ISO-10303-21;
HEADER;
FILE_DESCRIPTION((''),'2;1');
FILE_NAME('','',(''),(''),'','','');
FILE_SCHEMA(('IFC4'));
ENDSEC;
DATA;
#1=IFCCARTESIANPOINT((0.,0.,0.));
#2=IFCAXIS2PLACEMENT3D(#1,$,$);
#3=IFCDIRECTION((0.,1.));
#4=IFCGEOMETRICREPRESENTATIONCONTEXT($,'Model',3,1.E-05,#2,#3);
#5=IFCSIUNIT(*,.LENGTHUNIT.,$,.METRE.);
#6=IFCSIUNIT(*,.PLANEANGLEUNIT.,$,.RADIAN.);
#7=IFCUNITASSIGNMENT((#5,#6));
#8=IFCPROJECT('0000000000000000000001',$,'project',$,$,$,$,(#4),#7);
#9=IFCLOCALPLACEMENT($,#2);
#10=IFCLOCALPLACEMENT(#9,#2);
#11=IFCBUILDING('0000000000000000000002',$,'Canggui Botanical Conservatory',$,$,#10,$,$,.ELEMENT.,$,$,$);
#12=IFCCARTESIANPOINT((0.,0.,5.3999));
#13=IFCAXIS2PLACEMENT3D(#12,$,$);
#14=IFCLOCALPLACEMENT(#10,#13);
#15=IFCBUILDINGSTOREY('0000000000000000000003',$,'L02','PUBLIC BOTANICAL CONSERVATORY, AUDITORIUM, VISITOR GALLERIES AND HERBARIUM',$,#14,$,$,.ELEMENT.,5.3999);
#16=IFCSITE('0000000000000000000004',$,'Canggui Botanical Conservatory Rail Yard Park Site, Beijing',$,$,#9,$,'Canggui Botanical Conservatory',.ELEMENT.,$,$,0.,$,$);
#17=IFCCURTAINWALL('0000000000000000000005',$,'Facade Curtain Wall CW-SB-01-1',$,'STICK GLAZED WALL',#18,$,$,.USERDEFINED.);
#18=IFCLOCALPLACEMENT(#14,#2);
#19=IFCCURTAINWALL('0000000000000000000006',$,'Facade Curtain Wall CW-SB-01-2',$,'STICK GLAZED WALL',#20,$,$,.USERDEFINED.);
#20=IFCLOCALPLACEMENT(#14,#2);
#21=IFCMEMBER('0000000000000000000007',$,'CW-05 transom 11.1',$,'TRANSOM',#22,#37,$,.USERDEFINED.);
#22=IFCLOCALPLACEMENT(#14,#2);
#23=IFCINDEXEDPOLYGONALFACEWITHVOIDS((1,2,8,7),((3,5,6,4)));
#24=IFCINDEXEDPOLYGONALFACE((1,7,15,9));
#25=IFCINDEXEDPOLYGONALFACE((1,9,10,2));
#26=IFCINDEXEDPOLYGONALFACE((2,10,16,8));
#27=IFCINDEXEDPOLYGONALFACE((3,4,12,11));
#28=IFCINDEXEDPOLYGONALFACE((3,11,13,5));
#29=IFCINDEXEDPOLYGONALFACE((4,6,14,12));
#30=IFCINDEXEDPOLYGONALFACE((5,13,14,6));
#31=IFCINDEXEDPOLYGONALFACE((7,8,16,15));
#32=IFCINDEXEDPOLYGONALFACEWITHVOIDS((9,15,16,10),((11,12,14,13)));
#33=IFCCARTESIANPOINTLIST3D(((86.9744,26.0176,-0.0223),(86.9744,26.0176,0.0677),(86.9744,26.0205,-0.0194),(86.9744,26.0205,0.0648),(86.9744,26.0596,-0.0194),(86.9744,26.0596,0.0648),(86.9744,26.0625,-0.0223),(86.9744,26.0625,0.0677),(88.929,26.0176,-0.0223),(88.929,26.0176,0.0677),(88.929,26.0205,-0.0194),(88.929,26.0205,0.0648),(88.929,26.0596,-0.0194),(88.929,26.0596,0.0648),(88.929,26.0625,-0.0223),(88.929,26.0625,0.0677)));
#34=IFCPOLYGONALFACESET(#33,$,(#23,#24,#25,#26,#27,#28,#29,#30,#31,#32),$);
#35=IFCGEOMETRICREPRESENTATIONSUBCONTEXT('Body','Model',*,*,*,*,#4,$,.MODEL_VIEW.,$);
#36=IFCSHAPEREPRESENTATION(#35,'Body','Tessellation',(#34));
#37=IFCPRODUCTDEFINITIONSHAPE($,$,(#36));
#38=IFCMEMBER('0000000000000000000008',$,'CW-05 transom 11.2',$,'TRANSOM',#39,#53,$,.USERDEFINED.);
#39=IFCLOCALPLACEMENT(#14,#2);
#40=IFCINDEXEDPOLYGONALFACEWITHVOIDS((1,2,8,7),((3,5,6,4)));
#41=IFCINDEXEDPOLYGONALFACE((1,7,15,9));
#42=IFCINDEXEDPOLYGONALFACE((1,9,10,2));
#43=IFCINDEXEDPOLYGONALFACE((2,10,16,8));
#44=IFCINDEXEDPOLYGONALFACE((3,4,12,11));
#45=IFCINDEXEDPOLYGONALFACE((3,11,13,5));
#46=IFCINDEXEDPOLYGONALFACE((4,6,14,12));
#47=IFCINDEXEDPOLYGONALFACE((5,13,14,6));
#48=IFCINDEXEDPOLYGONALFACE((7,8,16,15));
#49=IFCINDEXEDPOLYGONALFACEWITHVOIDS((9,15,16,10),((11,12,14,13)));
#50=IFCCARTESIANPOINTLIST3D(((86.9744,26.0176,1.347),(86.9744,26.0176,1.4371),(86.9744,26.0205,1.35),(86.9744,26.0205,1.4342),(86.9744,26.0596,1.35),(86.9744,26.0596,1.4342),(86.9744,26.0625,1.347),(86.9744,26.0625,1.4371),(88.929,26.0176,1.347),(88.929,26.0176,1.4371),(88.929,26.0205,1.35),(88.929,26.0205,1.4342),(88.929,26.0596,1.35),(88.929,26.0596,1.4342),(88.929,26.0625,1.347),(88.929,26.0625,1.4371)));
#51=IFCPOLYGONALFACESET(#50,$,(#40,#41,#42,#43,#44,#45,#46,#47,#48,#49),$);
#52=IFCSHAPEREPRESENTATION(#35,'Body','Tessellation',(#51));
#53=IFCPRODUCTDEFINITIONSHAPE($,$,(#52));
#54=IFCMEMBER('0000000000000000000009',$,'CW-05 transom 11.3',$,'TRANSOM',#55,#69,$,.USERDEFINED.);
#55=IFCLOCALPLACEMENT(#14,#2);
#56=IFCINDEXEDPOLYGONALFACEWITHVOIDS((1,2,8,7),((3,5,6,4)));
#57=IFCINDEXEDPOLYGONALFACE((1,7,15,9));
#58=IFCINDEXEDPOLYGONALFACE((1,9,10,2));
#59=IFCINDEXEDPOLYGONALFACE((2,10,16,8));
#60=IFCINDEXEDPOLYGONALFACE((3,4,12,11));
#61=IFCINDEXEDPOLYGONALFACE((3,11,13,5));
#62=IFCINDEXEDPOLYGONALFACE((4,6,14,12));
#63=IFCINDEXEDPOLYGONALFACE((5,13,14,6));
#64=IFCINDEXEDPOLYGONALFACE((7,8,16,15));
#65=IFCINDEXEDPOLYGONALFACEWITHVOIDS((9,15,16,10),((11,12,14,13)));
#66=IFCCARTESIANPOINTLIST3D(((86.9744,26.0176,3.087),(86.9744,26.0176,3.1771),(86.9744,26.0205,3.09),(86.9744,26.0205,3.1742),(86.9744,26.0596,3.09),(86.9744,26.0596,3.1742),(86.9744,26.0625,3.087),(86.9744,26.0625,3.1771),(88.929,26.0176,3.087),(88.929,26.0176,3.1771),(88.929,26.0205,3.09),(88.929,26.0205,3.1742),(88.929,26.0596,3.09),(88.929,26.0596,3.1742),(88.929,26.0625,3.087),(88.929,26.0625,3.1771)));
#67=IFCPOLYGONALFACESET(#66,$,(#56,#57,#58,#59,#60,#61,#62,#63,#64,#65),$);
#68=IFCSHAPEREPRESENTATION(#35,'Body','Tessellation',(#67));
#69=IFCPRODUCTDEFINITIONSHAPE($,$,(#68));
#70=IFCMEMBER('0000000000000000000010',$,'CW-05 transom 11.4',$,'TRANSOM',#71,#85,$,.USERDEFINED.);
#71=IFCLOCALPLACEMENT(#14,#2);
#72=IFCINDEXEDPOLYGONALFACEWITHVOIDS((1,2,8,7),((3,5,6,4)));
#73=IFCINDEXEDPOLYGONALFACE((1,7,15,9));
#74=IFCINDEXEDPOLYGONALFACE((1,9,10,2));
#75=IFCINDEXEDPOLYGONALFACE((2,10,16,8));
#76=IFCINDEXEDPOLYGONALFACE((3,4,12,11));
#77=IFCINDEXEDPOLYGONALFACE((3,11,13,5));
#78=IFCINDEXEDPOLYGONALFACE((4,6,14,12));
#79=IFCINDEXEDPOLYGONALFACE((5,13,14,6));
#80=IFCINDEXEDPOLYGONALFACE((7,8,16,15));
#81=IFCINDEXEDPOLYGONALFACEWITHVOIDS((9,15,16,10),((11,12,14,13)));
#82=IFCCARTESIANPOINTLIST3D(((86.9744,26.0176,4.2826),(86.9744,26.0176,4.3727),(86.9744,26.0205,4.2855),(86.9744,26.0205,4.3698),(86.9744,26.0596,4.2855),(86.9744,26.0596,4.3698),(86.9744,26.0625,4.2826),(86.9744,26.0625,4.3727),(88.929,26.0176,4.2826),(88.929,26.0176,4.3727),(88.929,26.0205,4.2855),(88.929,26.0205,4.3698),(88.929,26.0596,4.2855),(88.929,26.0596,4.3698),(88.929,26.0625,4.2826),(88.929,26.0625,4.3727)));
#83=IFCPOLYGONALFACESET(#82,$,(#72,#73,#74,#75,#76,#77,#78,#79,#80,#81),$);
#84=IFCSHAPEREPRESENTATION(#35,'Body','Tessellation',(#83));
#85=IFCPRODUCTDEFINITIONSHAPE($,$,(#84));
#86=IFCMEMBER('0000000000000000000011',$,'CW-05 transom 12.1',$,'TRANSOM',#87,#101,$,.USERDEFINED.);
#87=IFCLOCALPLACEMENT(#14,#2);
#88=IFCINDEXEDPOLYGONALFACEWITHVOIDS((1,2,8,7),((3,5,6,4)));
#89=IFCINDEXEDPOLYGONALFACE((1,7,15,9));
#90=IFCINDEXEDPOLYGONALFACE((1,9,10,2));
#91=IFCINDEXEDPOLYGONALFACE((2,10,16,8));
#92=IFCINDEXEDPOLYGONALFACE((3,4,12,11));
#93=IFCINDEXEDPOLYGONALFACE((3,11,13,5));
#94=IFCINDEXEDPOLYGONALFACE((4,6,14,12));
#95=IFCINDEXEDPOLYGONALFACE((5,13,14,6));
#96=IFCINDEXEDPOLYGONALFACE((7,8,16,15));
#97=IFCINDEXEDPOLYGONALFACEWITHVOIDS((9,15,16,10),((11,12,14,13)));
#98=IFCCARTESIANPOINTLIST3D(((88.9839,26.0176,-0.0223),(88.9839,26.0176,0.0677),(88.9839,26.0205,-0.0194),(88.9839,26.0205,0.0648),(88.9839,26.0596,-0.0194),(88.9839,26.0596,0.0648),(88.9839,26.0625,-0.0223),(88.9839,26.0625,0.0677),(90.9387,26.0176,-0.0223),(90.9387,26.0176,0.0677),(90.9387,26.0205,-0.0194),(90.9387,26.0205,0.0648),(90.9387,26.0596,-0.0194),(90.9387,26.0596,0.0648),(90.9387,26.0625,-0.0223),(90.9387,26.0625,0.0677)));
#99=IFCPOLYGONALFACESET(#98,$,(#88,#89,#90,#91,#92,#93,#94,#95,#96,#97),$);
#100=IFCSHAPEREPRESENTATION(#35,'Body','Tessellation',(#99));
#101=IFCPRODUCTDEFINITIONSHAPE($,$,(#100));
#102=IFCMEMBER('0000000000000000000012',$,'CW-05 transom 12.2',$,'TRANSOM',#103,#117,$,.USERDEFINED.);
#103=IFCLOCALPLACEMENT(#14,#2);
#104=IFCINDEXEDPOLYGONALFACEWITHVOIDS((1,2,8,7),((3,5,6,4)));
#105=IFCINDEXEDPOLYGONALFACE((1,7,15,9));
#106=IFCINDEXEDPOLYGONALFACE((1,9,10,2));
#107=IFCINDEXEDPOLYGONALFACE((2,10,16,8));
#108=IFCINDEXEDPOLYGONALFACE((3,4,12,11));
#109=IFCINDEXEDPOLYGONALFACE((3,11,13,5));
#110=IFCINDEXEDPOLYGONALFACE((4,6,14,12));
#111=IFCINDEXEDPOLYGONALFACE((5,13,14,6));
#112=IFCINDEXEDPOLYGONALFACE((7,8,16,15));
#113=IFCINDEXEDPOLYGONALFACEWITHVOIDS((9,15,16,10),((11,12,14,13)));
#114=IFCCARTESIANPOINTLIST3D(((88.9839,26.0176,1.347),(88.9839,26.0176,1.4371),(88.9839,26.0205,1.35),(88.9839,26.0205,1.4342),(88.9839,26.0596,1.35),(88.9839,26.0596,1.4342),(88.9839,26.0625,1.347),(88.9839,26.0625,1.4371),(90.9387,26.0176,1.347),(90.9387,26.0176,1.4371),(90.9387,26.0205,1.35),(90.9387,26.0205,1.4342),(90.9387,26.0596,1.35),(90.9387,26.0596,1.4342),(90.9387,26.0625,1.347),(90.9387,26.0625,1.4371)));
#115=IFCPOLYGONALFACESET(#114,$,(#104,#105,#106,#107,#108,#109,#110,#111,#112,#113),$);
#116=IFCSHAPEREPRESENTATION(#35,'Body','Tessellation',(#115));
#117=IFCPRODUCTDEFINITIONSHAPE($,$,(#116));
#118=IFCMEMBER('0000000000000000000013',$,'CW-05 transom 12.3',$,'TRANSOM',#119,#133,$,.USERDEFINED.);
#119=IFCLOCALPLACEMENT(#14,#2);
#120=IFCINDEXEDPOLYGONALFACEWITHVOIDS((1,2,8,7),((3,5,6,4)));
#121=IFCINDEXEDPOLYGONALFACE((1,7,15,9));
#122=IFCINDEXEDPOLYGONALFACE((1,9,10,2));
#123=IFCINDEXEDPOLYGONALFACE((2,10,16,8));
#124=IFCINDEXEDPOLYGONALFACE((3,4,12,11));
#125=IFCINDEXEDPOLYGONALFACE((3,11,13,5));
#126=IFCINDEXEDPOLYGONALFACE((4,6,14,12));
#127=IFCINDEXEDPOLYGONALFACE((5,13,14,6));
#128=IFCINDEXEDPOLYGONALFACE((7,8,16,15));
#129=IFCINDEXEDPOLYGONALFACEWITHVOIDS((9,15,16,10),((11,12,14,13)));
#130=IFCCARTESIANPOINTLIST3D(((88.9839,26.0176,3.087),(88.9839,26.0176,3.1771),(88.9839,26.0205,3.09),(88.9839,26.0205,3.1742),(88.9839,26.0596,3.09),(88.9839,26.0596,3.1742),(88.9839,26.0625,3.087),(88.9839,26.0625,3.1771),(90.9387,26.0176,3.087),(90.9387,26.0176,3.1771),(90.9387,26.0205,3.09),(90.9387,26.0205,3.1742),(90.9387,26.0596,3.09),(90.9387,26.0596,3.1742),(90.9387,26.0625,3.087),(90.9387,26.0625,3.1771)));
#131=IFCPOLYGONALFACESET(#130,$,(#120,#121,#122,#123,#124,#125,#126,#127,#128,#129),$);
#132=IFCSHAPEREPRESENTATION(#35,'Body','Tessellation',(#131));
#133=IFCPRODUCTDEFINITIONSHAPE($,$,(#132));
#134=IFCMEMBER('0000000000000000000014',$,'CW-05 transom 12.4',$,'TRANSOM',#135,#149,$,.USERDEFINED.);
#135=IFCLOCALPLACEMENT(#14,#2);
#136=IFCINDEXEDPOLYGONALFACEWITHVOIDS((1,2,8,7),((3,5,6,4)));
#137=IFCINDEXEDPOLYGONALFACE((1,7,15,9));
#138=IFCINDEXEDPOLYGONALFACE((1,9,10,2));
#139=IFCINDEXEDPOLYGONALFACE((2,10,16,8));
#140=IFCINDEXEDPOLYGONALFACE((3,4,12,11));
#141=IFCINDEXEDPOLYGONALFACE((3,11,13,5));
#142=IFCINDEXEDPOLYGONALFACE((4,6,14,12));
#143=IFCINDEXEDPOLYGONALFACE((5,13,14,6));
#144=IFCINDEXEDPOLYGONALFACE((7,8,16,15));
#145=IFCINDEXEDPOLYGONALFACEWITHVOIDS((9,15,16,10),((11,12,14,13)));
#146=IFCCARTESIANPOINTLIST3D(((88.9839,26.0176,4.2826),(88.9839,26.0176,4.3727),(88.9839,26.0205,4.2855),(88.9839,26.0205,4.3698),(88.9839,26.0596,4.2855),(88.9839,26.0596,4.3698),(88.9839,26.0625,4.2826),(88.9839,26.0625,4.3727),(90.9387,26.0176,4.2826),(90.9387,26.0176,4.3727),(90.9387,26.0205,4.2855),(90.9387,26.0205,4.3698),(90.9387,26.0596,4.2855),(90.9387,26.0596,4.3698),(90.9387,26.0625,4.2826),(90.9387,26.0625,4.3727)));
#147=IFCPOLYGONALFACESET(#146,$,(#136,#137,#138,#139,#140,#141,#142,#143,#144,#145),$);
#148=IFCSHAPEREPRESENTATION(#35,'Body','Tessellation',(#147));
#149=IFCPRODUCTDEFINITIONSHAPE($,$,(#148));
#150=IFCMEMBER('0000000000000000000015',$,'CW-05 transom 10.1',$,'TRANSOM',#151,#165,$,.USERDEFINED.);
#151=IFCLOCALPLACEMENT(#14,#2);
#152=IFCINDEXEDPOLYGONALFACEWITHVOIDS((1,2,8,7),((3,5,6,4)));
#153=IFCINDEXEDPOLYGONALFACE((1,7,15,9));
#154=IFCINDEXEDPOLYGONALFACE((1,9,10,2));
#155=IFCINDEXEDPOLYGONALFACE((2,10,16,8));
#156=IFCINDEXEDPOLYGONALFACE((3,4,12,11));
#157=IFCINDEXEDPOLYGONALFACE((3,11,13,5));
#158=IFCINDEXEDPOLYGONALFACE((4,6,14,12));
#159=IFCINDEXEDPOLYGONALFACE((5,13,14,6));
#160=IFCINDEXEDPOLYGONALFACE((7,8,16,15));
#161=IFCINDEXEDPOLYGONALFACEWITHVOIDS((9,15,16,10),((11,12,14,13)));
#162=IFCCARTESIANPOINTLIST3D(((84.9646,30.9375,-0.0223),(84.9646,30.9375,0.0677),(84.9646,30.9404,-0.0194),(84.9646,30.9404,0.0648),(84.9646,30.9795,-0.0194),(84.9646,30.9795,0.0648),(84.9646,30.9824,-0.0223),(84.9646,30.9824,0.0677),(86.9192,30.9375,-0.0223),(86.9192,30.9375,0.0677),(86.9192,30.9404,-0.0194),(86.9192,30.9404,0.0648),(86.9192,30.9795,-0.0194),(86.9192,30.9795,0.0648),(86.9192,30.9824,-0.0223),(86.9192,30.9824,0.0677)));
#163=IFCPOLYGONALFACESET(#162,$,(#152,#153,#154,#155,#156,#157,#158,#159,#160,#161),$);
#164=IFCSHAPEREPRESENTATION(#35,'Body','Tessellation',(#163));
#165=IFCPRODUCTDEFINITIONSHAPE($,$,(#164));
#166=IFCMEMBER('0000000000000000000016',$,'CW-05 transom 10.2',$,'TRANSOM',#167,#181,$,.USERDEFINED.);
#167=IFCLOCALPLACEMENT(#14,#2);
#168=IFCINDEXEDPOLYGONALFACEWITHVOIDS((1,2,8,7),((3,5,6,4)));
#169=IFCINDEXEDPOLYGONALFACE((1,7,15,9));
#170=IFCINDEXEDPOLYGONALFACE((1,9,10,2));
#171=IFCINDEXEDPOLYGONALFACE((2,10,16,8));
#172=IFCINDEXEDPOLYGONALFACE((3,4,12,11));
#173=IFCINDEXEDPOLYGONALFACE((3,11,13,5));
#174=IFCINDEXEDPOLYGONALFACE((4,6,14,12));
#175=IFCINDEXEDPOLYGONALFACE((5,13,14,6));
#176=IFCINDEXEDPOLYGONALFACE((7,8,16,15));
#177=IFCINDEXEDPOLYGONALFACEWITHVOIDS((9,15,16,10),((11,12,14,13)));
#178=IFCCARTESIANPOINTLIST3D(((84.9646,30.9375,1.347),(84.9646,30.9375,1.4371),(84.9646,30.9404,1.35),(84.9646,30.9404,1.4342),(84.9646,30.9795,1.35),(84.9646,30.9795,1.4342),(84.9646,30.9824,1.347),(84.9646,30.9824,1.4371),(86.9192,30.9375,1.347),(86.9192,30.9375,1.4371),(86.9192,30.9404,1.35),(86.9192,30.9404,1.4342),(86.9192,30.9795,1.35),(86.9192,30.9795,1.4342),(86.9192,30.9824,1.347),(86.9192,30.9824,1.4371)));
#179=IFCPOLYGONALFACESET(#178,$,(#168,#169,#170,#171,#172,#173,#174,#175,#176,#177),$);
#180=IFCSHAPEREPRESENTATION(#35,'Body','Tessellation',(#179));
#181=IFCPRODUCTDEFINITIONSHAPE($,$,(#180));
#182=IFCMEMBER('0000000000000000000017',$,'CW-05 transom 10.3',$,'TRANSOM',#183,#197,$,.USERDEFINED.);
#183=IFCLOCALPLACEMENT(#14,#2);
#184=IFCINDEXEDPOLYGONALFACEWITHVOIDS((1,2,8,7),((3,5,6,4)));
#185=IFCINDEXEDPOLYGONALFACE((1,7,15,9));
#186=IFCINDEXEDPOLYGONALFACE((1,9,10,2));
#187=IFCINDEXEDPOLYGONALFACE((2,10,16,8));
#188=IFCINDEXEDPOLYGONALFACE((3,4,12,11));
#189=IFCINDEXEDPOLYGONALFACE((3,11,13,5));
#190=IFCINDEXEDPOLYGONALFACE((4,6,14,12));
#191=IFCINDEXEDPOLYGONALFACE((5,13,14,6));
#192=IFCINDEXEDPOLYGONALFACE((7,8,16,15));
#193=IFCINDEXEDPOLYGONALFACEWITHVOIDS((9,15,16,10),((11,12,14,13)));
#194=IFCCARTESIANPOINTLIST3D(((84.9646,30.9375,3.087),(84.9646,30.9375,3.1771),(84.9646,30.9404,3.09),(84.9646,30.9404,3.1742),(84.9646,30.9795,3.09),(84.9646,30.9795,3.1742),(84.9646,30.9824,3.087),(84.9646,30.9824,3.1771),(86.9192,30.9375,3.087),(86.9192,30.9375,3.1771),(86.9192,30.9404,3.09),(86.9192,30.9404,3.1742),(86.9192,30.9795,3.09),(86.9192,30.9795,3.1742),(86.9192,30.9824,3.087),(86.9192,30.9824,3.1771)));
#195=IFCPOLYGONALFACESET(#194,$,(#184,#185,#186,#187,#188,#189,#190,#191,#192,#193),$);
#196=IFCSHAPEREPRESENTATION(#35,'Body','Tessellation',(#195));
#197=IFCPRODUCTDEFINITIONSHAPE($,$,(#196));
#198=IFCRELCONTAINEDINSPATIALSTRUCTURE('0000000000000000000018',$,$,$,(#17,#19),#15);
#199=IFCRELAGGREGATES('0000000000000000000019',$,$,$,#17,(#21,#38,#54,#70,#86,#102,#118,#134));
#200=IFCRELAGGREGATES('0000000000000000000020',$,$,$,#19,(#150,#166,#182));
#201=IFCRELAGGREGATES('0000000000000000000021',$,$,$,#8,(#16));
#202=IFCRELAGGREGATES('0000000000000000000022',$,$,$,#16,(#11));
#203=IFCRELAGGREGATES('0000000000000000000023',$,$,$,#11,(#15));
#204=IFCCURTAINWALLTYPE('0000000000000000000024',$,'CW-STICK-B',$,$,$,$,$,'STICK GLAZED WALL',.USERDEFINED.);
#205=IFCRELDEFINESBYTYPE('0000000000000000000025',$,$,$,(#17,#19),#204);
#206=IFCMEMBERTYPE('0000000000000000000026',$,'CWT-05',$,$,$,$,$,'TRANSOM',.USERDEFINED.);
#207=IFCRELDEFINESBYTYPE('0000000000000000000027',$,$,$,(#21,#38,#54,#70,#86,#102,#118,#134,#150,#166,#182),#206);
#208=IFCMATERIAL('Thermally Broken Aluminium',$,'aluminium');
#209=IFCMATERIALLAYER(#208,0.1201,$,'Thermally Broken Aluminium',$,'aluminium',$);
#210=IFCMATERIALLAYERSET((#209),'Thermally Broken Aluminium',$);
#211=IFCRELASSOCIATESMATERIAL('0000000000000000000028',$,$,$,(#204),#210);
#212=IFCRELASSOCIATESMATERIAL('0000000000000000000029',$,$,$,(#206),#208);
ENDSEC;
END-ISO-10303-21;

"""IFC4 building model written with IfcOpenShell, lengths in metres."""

from ifc_helpers import new_model, si_unit, direction, frame, origin, origin_2d, place, context, subcontext, project, spatial, hollow_rectangle, extrude, material, layer, layer_set, material_profile, profile_set, type_object, element, aggregate, save


model = new_model("IFC4")

# Units and contexts
model_context = context("Model", 3, precision=1e-05, world=origin(), true_north=direction((0.0, 1.0)))
body_context = subcontext(model_context, "Body", "Model", "MODEL_VIEW")
ifc_project = project(units=[si_unit("LENGTHUNIT", "METRE"), si_unit("PLANEANGLEUNIT", "RADIAN")], contexts=[model_context])

# Site, building, storey
site_placement = place(None, origin())
site = spatial("IfcSite", under=ifc_project, at=site_placement, Name="Canggui Botanical Conservatory Rail Yard Park Site, Beijing", LongName="Canggui Botanical Conservatory", CompositionType="ELEMENT", RefElevation=0.0)
building_placement = place(site_placement, origin())
building = spatial("IfcBuilding", under=site, at=building_placement, Name="Canggui Botanical Conservatory", CompositionType="ELEMENT")
storey_placement = place(building_placement, frame((0.0, 0.0, 5.3999)))
storey = spatial("IfcBuildingStorey", under=building, at=storey_placement, Name="L02", Description="PUBLIC BOTANICAL CONSERVATORY, AUDITORIUM, VISITOR GALLERIES AND HERBARIUM", CompositionType="ELEMENT", Elevation=5.3999)

# Curtain wall
ifc_material_1 = material(Name="Thermally Broken Aluminium", Category="aluminium")
ifc_layer_1 = layer(ifc_material_1, 0.1201, Name="Thermally Broken Aluminium", Category="aluminium")
ifc_layer_set_1 = layer_set([ifc_layer_1], Name="Thermally Broken Aluminium")
curtain_wall_type = type_object("IfcCurtainWallType", Name="CW-STICK-B", ElementType="STICK GLAZED WALL", PredefinedType="USERDEFINED", material=ifc_layer_set_1)
curtain_wall_1_placement = place(storey_placement, origin())
curtain_wall_1 = element("IfcCurtainWall", 1, at=curtain_wall_1_placement, inside=storey, type_object=curtain_wall_type, Name="Facade Curtain Wall CW-SB-01-1", ObjectType="STICK GLAZED WALL", PredefinedType="USERDEFINED")

# Curtain wall
curtain_wall_2_placement = place(storey_placement, origin())
curtain_wall_2 = element("IfcCurtainWall", 2, at=curtain_wall_2_placement, inside=storey, type_object=curtain_wall_type, Name="Facade Curtain Wall CW-SB-01-2", ObjectType="STICK GLAZED WALL", PredefinedType="USERDEFINED")

# Members
ifc_material_profile_1 = material_profile(ifc_material_1, hollow_rectangle(XDim=0.0449, YDim=0.0901, WallThickness=0.0029, at=origin_2d()), Name="CWT 45x90x3")
ifc_profile_set_1 = profile_set([ifc_material_profile_1], Name="Thermally Broken Aluminium")
member_type_1 = type_object("IfcMemberType", Name="CWT-05", ElementType="TRANSOM", PredefinedType="USERDEFINED", material=ifc_profile_set_1)
member_1_placement = place(storey_placement, frame((86.9744, 26.04, 0.0227), z_axis=(1.0, 0.0, 0.0), x_axis=(0.0, 1.0, 0.0)))
member_1 = element("IfcMember", 3, at=member_1_placement, type_object=member_type_1, Name="CW-05 transom 11.1", ObjectType="TRANSOM", PredefinedType="USERDEFINED", context=body_context, shape_type="SweptSolid", body=[
    extrude(hollow_rectangle(XDim=0.0449, YDim=0.0901, WallThickness=0.0029, at=origin_2d()), origin(), (0.0, 0.0, 1.0), 1.9546),
])
member_2_placement = place(storey_placement, frame((86.9744, 26.04, 1.3921), z_axis=(1.0, 0.0, 0.0), x_axis=(0.0, 1.0, 0.0)))
member_2 = element("IfcMember", 4, at=member_2_placement, type_object=member_type_1, Name="CW-05 transom 11.2", ObjectType="TRANSOM", PredefinedType="USERDEFINED", context=body_context, shape_type="SweptSolid", body=[
    extrude(hollow_rectangle(XDim=0.0449, YDim=0.0901, WallThickness=0.0029, at=origin_2d()), origin(), (0.0, 0.0, 1.0), 1.9546),
])
member_3_placement = place(storey_placement, frame((86.9744, 26.04, 3.1321), z_axis=(1.0, 0.0, 0.0), x_axis=(0.0, 1.0, 0.0)))
member_3 = element("IfcMember", 5, at=member_3_placement, type_object=member_type_1, Name="CW-05 transom 11.3", ObjectType="TRANSOM", PredefinedType="USERDEFINED", context=body_context, shape_type="SweptSolid", body=[
    extrude(hollow_rectangle(XDim=0.0449, YDim=0.0901, WallThickness=0.0029, at=origin_2d()), origin(), (0.0, 0.0, 1.0), 1.9546),
])
member_4_placement = place(storey_placement, frame((86.9744, 26.04, 4.3276), z_axis=(1.0, 0.0, 0.0), x_axis=(0.0, 1.0, 0.0)))
member_4 = element("IfcMember", 6, at=member_4_placement, type_object=member_type_1, Name="CW-05 transom 11.4", ObjectType="TRANSOM", PredefinedType="USERDEFINED", context=body_context, shape_type="SweptSolid", body=[
    extrude(hollow_rectangle(XDim=0.0449, YDim=0.0901, WallThickness=0.0029, at=origin_2d()), origin(), (0.0, 0.0, 1.0), 1.9546),
])
member_5_placement = place(storey_placement, frame((88.9839, 26.04, 0.0227), z_axis=(1.0, 0.0, 0.0), x_axis=(0.0, 1.0, 0.0)))
member_5 = element("IfcMember", 7, at=member_5_placement, type_object=member_type_1, Name="CW-05 transom 12.1", ObjectType="TRANSOM", PredefinedType="USERDEFINED", context=body_context, shape_type="SweptSolid", body=[
    extrude(hollow_rectangle(XDim=0.0449, YDim=0.0901, WallThickness=0.0029, at=origin_2d()), origin(), (0.0, 0.0, 1.0), 1.9548),
])
member_6_placement = place(storey_placement, frame((88.9839, 26.04, 1.3921), z_axis=(1.0, 0.0, 0.0), x_axis=(0.0, 1.0, 0.0)))
member_6 = element("IfcMember", 8, at=member_6_placement, type_object=member_type_1, Name="CW-05 transom 12.2", ObjectType="TRANSOM", PredefinedType="USERDEFINED", context=body_context, shape_type="SweptSolid", body=[
    extrude(hollow_rectangle(XDim=0.0449, YDim=0.0901, WallThickness=0.0029, at=origin_2d()), origin(), (0.0, 0.0, 1.0), 1.9548),
])
member_7_placement = place(storey_placement, frame((88.9839, 26.04, 3.1321), z_axis=(1.0, 0.0, 0.0), x_axis=(0.0, 1.0, 0.0)))
member_7 = element("IfcMember", 9, at=member_7_placement, type_object=member_type_1, Name="CW-05 transom 12.3", ObjectType="TRANSOM", PredefinedType="USERDEFINED", context=body_context, shape_type="SweptSolid", body=[
    extrude(hollow_rectangle(XDim=0.0449, YDim=0.0901, WallThickness=0.0029, at=origin_2d()), origin(), (0.0, 0.0, 1.0), 1.9548),
])
member_8_placement = place(storey_placement, frame((88.9839, 26.04, 4.3276), z_axis=(1.0, 0.0, 0.0), x_axis=(0.0, 1.0, 0.0)))
member_8 = element("IfcMember", 10, at=member_8_placement, type_object=member_type_1, Name="CW-05 transom 12.4", ObjectType="TRANSOM", PredefinedType="USERDEFINED", context=body_context, shape_type="SweptSolid", body=[
    extrude(hollow_rectangle(XDim=0.0449, YDim=0.0901, WallThickness=0.0029, at=origin_2d()), origin(), (0.0, 0.0, 1.0), 1.9548),
])
member_9_placement = place(storey_placement, frame((84.9646, 30.96, 0.0227), z_axis=(1.0, 0.0, 0.0), x_axis=(0.0, 1.0, 0.0)))
member_9 = element("IfcMember", 11, at=member_9_placement, type_object=member_type_1, Name="CW-05 transom 10.1", ObjectType="TRANSOM", PredefinedType="USERDEFINED", context=body_context, shape_type="SweptSolid", body=[
    extrude(hollow_rectangle(XDim=0.0449, YDim=0.0901, WallThickness=0.0029, at=origin_2d()), origin(), (0.0, 0.0, 1.0), 1.9546),
])
member_10_placement = place(storey_placement, frame((84.9646, 30.96, 1.3921), z_axis=(1.0, 0.0, 0.0), x_axis=(0.0, 1.0, 0.0)))
member_10 = element("IfcMember", 12, at=member_10_placement, type_object=member_type_1, Name="CW-05 transom 10.2", ObjectType="TRANSOM", PredefinedType="USERDEFINED", context=body_context, shape_type="SweptSolid", body=[
    extrude(hollow_rectangle(XDim=0.0449, YDim=0.0901, WallThickness=0.0029, at=origin_2d()), origin(), (0.0, 0.0, 1.0), 1.9546),
])
member_11_placement = place(storey_placement, frame((84.9646, 30.96, 3.1321), z_axis=(1.0, 0.0, 0.0), x_axis=(0.0, 1.0, 0.0)))
member_11 = element("IfcMember", 13, at=member_11_placement, type_object=member_type_1, Name="CW-05 transom 10.3", ObjectType="TRANSOM", PredefinedType="USERDEFINED", context=body_context, shape_type="SweptSolid", body=[
    extrude(hollow_rectangle(XDim=0.0449, YDim=0.0901, WallThickness=0.0029, at=origin_2d()), origin(), (0.0, 0.0, 1.0), 1.9546),
])

aggregate(curtain_wall_1, [member_1, member_2, member_3, member_4, member_5, member_6, member_7, member_8])
aggregate(curtain_wall_2, [member_9, member_10, member_11])

save(model, "model.ifc")
